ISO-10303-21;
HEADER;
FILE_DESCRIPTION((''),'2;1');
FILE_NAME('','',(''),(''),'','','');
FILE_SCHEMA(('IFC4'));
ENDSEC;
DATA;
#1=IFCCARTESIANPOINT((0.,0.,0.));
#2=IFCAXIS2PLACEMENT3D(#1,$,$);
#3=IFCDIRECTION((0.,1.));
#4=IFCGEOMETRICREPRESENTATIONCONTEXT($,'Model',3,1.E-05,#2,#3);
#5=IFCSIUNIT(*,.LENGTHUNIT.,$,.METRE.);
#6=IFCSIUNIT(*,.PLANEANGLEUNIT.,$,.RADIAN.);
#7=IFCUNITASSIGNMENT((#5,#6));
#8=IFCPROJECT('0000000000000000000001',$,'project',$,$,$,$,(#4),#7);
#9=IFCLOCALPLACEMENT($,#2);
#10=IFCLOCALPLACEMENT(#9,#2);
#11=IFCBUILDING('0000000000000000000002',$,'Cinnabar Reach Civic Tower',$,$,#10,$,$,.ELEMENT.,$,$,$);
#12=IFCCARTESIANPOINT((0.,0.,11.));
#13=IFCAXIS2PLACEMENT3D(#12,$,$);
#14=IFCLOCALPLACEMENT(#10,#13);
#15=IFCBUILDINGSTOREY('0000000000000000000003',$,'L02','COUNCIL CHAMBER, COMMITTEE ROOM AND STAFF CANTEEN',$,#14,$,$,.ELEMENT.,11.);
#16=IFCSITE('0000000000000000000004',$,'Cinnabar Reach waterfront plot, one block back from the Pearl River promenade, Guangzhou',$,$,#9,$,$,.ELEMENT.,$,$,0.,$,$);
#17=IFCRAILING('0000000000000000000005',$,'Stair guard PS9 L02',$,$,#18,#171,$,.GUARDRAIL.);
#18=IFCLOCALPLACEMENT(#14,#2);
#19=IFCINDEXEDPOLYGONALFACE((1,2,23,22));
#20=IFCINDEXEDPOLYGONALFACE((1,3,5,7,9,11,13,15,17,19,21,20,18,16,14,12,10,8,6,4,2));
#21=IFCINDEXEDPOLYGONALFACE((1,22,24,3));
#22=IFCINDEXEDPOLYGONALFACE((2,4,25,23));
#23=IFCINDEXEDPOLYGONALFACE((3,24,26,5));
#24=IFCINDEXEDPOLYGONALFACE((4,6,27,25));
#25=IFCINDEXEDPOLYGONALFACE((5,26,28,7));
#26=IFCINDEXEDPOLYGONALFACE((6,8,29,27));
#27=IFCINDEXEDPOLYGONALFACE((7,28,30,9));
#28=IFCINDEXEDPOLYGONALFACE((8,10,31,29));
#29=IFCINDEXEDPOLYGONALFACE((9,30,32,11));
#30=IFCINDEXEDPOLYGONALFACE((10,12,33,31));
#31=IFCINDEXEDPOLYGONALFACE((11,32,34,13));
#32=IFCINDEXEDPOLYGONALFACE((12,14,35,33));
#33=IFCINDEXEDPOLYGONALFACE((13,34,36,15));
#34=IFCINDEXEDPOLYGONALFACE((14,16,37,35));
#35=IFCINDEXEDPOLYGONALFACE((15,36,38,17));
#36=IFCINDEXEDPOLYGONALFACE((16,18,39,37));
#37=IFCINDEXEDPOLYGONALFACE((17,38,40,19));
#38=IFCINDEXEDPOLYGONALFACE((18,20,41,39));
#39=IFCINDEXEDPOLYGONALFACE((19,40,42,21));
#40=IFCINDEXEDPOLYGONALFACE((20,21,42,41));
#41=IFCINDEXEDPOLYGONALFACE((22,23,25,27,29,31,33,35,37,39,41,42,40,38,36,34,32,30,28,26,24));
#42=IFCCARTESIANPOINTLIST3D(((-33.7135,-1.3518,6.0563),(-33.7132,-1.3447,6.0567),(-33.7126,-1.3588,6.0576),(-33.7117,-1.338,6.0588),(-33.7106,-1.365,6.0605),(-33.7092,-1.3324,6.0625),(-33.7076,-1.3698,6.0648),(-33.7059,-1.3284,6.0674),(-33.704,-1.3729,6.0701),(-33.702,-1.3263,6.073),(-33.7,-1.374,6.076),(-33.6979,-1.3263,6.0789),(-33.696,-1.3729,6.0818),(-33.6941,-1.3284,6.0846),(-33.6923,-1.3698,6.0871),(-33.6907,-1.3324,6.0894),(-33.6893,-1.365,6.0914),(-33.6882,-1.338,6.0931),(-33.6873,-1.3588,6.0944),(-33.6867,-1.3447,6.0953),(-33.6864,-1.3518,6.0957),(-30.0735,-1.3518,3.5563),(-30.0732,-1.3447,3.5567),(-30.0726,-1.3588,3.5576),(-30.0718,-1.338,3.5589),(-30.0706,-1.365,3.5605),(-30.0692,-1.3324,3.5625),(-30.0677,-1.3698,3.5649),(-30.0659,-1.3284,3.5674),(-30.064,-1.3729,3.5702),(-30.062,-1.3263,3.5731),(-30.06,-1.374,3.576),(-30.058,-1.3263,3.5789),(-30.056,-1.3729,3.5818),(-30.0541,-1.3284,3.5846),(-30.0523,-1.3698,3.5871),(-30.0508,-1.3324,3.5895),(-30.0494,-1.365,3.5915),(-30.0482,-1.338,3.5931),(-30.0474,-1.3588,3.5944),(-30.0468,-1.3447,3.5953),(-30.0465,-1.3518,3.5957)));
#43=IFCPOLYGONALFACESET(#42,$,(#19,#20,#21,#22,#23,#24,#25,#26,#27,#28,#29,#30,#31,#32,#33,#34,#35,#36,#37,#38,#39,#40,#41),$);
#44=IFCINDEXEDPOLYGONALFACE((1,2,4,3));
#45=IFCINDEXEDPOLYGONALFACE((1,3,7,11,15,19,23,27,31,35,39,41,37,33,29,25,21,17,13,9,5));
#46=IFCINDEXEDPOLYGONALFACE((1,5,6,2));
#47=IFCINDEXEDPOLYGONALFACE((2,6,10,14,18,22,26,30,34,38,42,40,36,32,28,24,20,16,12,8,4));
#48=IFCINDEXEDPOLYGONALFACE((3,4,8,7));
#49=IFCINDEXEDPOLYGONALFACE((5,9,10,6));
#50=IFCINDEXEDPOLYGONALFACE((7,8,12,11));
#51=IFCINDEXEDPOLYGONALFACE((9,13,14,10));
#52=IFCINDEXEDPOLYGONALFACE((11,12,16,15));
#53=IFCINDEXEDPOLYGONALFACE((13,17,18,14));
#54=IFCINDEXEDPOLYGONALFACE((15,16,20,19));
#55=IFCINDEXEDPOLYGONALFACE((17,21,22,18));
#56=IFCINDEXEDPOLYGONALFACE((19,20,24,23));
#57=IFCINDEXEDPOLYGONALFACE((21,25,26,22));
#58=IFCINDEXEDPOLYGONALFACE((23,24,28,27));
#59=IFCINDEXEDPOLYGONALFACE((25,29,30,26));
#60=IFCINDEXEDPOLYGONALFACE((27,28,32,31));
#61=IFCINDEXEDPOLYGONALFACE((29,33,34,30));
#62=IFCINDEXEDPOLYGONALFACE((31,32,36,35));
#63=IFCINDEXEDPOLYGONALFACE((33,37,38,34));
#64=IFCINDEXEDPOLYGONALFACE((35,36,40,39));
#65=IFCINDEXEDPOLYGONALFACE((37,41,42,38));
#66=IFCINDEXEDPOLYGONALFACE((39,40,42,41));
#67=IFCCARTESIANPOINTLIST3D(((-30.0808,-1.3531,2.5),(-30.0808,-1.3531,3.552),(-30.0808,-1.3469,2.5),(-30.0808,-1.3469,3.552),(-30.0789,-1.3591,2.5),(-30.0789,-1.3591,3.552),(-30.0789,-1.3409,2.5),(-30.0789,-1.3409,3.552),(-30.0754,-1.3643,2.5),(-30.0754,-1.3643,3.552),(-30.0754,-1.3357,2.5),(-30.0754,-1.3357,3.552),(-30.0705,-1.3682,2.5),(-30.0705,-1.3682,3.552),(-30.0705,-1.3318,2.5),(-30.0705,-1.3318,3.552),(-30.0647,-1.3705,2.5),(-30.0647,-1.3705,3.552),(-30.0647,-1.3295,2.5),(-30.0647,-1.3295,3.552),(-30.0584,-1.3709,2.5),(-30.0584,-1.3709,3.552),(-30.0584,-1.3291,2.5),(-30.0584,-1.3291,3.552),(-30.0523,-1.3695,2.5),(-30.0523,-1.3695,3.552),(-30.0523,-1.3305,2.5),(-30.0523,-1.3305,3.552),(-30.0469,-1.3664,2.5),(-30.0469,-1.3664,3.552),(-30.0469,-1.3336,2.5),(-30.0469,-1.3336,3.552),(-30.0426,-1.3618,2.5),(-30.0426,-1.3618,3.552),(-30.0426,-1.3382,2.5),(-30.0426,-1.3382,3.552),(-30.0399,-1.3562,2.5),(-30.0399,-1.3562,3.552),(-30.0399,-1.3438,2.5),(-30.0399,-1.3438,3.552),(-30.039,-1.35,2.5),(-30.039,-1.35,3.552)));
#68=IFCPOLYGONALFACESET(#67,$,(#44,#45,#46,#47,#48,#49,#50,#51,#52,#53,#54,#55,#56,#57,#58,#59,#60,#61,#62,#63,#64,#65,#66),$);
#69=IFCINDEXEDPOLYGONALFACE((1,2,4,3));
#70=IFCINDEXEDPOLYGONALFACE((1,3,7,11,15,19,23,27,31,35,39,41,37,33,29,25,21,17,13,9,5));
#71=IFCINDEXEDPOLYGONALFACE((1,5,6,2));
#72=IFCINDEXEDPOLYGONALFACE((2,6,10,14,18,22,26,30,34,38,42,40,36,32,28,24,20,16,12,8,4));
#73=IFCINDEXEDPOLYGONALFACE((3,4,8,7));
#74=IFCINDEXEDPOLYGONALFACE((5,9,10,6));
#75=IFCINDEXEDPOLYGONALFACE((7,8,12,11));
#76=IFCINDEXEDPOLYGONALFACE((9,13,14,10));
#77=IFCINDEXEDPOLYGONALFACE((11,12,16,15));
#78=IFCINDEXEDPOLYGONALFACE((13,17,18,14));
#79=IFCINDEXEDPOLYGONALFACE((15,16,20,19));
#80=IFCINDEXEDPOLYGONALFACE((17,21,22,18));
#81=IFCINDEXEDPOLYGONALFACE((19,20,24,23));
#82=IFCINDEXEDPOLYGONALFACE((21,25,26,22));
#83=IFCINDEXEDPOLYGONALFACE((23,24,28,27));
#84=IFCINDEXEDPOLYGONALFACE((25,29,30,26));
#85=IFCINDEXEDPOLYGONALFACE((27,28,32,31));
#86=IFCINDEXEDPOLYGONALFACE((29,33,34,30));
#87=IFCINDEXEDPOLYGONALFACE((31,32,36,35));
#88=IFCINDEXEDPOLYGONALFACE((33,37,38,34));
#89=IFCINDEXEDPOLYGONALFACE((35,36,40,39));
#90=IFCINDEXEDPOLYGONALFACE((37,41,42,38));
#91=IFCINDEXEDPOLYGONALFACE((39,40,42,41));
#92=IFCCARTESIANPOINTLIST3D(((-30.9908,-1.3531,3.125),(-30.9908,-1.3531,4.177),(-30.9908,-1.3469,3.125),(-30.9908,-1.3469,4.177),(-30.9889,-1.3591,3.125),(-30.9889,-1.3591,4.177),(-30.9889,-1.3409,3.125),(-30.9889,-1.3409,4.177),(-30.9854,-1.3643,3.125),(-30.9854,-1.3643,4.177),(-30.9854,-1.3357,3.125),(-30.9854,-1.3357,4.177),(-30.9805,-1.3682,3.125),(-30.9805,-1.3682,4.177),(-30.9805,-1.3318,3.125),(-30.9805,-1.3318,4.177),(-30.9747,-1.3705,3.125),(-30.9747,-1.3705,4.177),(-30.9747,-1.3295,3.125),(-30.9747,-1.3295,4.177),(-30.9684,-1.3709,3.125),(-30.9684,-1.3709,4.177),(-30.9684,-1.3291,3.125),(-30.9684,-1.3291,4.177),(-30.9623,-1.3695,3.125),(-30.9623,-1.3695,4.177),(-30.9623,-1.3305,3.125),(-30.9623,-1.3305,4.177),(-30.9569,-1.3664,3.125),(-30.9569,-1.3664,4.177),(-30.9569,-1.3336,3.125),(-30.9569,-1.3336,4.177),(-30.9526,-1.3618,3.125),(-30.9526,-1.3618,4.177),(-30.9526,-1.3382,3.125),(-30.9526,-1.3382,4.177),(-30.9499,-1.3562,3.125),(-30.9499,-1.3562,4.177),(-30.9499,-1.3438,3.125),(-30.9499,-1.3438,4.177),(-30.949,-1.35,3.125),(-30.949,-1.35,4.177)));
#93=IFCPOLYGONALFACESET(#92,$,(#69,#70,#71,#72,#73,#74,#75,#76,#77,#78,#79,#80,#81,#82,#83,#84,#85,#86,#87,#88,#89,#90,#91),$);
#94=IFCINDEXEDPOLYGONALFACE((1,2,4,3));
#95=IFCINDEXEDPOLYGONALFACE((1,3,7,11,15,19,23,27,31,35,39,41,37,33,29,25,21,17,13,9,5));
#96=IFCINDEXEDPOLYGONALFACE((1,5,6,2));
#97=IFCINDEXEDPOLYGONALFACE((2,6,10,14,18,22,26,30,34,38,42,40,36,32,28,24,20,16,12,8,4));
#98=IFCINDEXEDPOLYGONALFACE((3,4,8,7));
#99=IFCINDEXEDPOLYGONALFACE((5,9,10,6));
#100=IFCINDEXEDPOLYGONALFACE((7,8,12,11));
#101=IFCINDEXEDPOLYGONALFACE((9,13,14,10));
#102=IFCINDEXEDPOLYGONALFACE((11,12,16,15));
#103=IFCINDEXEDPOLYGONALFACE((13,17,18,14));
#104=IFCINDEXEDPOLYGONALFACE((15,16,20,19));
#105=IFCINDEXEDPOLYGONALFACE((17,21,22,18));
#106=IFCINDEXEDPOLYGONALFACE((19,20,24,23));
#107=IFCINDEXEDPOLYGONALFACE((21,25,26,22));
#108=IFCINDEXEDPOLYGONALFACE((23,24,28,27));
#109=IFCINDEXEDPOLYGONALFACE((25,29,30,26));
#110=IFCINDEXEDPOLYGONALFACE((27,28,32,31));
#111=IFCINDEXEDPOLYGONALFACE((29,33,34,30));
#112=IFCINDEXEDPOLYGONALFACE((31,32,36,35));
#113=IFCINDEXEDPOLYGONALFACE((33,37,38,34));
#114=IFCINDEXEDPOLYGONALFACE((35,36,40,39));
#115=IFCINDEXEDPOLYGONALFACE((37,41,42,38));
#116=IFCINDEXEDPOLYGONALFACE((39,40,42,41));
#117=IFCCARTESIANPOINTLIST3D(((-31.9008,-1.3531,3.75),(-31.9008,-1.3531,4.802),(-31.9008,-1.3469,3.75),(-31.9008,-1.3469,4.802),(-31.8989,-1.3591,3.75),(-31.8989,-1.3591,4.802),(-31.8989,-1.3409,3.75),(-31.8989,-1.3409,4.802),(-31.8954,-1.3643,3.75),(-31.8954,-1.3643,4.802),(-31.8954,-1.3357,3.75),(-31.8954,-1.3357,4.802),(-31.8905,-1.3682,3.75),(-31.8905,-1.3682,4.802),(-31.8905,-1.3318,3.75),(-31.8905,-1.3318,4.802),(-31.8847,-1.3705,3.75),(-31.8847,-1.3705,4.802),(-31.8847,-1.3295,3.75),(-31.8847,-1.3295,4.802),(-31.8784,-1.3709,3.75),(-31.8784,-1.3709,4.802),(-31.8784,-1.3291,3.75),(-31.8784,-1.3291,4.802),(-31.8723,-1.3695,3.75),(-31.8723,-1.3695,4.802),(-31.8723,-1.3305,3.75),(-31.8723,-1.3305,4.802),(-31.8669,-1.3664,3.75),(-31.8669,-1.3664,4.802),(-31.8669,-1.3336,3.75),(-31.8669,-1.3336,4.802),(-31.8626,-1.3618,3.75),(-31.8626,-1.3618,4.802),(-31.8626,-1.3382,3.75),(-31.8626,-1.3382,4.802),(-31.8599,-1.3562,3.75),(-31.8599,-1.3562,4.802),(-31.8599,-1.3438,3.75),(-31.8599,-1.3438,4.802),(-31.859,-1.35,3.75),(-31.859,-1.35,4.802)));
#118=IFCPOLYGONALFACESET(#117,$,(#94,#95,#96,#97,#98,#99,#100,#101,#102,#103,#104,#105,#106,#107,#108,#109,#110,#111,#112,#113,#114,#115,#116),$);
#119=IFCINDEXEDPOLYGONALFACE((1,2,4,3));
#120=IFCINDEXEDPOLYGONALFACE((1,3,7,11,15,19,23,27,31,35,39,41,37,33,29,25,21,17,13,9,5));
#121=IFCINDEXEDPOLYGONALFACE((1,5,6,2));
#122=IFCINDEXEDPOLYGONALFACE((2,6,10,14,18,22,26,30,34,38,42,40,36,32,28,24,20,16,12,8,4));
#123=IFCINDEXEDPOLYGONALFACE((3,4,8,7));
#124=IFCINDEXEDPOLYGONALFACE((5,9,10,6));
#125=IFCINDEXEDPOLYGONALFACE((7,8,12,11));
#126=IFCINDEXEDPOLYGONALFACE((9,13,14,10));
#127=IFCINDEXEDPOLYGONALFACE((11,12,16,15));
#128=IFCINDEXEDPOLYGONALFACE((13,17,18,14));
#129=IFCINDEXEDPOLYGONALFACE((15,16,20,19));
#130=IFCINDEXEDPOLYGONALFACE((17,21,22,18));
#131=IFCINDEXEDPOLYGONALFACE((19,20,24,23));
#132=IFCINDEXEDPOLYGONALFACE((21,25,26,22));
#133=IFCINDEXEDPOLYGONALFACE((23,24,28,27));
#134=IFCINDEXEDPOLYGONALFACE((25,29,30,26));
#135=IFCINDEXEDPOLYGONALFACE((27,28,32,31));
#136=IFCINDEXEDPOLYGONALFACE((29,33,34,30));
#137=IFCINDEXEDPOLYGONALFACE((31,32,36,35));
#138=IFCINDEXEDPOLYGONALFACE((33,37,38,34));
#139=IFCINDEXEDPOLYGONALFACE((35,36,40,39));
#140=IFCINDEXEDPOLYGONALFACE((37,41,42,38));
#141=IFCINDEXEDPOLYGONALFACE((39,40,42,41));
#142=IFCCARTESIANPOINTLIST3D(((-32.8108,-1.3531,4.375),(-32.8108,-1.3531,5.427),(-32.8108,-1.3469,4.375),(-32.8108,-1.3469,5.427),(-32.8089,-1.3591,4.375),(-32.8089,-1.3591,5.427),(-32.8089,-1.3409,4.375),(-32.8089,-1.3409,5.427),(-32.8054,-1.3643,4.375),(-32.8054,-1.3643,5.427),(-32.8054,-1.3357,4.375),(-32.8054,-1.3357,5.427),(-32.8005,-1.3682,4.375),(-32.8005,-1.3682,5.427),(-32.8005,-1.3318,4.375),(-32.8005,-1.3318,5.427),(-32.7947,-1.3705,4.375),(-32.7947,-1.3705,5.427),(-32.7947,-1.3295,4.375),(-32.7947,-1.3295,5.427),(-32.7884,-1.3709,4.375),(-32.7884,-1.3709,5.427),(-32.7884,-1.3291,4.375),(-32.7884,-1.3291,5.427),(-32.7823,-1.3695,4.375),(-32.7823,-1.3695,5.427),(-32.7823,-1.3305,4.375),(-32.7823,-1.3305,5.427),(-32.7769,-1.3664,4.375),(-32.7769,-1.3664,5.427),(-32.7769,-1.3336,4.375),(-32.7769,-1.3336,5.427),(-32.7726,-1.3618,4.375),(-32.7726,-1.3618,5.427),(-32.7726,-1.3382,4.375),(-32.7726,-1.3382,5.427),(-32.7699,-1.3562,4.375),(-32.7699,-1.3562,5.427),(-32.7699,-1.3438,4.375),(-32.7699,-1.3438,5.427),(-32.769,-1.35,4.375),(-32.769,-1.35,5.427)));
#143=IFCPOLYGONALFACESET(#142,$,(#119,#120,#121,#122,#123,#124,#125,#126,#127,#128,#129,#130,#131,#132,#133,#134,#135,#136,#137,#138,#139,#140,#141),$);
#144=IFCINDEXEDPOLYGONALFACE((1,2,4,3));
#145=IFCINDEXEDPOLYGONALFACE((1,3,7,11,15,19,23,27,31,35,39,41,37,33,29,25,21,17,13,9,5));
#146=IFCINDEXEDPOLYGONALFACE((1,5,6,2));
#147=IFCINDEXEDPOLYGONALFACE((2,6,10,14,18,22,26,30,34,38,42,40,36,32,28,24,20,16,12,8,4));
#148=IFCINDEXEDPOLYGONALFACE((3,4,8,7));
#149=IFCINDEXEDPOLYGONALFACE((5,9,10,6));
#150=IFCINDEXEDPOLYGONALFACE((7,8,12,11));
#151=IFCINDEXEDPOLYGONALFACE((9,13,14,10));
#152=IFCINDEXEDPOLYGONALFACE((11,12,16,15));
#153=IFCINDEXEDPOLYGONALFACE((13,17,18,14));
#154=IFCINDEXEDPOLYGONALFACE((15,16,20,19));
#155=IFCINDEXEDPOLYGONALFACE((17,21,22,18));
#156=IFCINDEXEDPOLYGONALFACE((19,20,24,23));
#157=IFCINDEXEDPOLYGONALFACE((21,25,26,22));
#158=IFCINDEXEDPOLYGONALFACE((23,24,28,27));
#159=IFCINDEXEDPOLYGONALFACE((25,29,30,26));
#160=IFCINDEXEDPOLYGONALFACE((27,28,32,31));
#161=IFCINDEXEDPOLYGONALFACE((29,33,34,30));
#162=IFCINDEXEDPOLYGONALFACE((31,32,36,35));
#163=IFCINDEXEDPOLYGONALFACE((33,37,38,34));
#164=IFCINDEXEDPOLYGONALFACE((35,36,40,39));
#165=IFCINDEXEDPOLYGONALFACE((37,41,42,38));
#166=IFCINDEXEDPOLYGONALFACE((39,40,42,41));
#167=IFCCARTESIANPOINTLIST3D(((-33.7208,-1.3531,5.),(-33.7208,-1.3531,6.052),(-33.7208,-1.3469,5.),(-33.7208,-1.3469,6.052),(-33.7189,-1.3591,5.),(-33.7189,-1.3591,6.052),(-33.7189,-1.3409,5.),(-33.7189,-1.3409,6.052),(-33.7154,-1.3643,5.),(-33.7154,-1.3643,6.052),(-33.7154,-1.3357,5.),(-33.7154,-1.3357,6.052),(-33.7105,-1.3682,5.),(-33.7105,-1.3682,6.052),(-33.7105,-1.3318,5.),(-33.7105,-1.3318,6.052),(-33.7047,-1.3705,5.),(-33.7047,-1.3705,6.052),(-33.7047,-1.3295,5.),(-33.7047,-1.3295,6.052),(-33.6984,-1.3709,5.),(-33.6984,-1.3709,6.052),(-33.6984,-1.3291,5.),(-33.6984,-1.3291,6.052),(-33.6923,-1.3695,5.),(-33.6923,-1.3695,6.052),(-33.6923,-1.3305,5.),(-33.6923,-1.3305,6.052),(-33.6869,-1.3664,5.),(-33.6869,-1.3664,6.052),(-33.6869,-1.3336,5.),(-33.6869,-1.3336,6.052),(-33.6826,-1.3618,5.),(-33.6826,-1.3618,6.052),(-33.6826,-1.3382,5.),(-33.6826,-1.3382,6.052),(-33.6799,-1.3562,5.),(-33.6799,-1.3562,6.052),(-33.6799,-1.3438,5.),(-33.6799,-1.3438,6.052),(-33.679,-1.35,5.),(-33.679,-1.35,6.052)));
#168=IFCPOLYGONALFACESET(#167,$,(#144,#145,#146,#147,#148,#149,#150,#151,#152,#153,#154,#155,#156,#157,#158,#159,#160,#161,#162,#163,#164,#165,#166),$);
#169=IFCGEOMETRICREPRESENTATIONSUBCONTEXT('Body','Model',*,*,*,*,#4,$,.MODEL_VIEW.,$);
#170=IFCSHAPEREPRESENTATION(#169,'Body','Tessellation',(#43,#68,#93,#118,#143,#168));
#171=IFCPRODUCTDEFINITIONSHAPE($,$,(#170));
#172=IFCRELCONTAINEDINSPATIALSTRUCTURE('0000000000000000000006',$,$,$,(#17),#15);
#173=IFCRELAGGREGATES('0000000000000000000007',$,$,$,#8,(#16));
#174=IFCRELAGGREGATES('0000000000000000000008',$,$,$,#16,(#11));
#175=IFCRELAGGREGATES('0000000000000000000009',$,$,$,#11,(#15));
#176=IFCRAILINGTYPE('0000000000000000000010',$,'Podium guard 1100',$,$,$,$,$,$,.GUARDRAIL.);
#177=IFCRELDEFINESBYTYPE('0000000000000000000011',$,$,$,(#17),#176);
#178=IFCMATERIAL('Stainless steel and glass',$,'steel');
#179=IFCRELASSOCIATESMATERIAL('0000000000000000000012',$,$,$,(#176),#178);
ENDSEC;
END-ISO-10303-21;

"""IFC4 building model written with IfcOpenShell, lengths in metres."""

from ifc_helpers import new_model, si_unit, direction, frame, origin, origin_2d, place, context, subcontext, project, spatial, circle, extrude, material, type_object, element, save


model = new_model("IFC4")

# Units and contexts
model_context = context("Model", 3, precision=1e-05, world=origin(), true_north=direction((0.0, 1.0)))
body_context = subcontext(model_context, "Body", "Model", "MODEL_VIEW")
ifc_project = project(units=[si_unit("LENGTHUNIT", "METRE"), si_unit("PLANEANGLEUNIT", "RADIAN")], contexts=[model_context])

# Site, building, storey
site_placement = place(None, origin())
site = spatial("IfcSite", under=ifc_project, at=site_placement, Name="Cinnabar Reach waterfront plot, one block back from the Pearl River promenade, Guangzhou", CompositionType="ELEMENT", RefElevation=0.0)
building_placement = place(site_placement, origin())
building = spatial("IfcBuilding", under=site, at=building_placement, Name="Cinnabar Reach Civic Tower", CompositionType="ELEMENT")
storey_placement = place(building_placement, frame((0.0, 0.0, 11.0)))
storey = spatial("IfcBuildingStorey", under=building, at=storey_placement, Name="L02", Description="COUNCIL CHAMBER, COMMITTEE ROOM AND STAFF CANTEEN", CompositionType="ELEMENT", Elevation=11.0)

# Railing
ifc_material_1 = material(Name="Stainless steel and glass", Category="steel")
railing_type_1 = type_object("IfcRailingType", Name="Podium guard 1100", PredefinedType="GUARDRAIL", material=ifc_material_1)
railing_1_placement = place(storey_placement, frame((-30.06, -1.35, 2.5)))
element("IfcRailing", 1, at=railing_1_placement, inside=storey, type_object=railing_type_1, Name="Stair guard PS9 L02", PredefinedType="GUARDRAIL", context=body_context, shape_type="SweptSolid", body=[
    extrude(circle(Radius=0.024, at=origin_2d()), frame((0.0, 0.0, 1.076), z_axis=(-0.824306, 0.0, 0.566144), x_axis=(0.0, -1.0, 0.0)), (0.0, 0.0, 1.0), 4.4158),
    extrude(circle(Radius=0.021, at=origin_2d()), origin(), (0.0, 0.0, 1.0), 1.052),
    extrude(circle(Radius=0.021, at=origin_2d()), frame((-0.91, 0.0, 0.625)), (0.0, 0.0, 1.0), 1.052),
    extrude(circle(Radius=0.021, at=origin_2d()), frame((-1.82, 0.0, 1.25)), (0.0, 0.0, 1.0), 1.052),
    extrude(circle(Radius=0.021, at=origin_2d()), frame((-2.73, 0.0, 1.875)), (0.0, 0.0, 1.0), 1.052),
    extrude(circle(Radius=0.021, at=origin_2d()), frame((-3.64, 0.0, 2.5)), (0.0, 0.0, 1.0), 1.052),
])

save(model, "model.ifc")
